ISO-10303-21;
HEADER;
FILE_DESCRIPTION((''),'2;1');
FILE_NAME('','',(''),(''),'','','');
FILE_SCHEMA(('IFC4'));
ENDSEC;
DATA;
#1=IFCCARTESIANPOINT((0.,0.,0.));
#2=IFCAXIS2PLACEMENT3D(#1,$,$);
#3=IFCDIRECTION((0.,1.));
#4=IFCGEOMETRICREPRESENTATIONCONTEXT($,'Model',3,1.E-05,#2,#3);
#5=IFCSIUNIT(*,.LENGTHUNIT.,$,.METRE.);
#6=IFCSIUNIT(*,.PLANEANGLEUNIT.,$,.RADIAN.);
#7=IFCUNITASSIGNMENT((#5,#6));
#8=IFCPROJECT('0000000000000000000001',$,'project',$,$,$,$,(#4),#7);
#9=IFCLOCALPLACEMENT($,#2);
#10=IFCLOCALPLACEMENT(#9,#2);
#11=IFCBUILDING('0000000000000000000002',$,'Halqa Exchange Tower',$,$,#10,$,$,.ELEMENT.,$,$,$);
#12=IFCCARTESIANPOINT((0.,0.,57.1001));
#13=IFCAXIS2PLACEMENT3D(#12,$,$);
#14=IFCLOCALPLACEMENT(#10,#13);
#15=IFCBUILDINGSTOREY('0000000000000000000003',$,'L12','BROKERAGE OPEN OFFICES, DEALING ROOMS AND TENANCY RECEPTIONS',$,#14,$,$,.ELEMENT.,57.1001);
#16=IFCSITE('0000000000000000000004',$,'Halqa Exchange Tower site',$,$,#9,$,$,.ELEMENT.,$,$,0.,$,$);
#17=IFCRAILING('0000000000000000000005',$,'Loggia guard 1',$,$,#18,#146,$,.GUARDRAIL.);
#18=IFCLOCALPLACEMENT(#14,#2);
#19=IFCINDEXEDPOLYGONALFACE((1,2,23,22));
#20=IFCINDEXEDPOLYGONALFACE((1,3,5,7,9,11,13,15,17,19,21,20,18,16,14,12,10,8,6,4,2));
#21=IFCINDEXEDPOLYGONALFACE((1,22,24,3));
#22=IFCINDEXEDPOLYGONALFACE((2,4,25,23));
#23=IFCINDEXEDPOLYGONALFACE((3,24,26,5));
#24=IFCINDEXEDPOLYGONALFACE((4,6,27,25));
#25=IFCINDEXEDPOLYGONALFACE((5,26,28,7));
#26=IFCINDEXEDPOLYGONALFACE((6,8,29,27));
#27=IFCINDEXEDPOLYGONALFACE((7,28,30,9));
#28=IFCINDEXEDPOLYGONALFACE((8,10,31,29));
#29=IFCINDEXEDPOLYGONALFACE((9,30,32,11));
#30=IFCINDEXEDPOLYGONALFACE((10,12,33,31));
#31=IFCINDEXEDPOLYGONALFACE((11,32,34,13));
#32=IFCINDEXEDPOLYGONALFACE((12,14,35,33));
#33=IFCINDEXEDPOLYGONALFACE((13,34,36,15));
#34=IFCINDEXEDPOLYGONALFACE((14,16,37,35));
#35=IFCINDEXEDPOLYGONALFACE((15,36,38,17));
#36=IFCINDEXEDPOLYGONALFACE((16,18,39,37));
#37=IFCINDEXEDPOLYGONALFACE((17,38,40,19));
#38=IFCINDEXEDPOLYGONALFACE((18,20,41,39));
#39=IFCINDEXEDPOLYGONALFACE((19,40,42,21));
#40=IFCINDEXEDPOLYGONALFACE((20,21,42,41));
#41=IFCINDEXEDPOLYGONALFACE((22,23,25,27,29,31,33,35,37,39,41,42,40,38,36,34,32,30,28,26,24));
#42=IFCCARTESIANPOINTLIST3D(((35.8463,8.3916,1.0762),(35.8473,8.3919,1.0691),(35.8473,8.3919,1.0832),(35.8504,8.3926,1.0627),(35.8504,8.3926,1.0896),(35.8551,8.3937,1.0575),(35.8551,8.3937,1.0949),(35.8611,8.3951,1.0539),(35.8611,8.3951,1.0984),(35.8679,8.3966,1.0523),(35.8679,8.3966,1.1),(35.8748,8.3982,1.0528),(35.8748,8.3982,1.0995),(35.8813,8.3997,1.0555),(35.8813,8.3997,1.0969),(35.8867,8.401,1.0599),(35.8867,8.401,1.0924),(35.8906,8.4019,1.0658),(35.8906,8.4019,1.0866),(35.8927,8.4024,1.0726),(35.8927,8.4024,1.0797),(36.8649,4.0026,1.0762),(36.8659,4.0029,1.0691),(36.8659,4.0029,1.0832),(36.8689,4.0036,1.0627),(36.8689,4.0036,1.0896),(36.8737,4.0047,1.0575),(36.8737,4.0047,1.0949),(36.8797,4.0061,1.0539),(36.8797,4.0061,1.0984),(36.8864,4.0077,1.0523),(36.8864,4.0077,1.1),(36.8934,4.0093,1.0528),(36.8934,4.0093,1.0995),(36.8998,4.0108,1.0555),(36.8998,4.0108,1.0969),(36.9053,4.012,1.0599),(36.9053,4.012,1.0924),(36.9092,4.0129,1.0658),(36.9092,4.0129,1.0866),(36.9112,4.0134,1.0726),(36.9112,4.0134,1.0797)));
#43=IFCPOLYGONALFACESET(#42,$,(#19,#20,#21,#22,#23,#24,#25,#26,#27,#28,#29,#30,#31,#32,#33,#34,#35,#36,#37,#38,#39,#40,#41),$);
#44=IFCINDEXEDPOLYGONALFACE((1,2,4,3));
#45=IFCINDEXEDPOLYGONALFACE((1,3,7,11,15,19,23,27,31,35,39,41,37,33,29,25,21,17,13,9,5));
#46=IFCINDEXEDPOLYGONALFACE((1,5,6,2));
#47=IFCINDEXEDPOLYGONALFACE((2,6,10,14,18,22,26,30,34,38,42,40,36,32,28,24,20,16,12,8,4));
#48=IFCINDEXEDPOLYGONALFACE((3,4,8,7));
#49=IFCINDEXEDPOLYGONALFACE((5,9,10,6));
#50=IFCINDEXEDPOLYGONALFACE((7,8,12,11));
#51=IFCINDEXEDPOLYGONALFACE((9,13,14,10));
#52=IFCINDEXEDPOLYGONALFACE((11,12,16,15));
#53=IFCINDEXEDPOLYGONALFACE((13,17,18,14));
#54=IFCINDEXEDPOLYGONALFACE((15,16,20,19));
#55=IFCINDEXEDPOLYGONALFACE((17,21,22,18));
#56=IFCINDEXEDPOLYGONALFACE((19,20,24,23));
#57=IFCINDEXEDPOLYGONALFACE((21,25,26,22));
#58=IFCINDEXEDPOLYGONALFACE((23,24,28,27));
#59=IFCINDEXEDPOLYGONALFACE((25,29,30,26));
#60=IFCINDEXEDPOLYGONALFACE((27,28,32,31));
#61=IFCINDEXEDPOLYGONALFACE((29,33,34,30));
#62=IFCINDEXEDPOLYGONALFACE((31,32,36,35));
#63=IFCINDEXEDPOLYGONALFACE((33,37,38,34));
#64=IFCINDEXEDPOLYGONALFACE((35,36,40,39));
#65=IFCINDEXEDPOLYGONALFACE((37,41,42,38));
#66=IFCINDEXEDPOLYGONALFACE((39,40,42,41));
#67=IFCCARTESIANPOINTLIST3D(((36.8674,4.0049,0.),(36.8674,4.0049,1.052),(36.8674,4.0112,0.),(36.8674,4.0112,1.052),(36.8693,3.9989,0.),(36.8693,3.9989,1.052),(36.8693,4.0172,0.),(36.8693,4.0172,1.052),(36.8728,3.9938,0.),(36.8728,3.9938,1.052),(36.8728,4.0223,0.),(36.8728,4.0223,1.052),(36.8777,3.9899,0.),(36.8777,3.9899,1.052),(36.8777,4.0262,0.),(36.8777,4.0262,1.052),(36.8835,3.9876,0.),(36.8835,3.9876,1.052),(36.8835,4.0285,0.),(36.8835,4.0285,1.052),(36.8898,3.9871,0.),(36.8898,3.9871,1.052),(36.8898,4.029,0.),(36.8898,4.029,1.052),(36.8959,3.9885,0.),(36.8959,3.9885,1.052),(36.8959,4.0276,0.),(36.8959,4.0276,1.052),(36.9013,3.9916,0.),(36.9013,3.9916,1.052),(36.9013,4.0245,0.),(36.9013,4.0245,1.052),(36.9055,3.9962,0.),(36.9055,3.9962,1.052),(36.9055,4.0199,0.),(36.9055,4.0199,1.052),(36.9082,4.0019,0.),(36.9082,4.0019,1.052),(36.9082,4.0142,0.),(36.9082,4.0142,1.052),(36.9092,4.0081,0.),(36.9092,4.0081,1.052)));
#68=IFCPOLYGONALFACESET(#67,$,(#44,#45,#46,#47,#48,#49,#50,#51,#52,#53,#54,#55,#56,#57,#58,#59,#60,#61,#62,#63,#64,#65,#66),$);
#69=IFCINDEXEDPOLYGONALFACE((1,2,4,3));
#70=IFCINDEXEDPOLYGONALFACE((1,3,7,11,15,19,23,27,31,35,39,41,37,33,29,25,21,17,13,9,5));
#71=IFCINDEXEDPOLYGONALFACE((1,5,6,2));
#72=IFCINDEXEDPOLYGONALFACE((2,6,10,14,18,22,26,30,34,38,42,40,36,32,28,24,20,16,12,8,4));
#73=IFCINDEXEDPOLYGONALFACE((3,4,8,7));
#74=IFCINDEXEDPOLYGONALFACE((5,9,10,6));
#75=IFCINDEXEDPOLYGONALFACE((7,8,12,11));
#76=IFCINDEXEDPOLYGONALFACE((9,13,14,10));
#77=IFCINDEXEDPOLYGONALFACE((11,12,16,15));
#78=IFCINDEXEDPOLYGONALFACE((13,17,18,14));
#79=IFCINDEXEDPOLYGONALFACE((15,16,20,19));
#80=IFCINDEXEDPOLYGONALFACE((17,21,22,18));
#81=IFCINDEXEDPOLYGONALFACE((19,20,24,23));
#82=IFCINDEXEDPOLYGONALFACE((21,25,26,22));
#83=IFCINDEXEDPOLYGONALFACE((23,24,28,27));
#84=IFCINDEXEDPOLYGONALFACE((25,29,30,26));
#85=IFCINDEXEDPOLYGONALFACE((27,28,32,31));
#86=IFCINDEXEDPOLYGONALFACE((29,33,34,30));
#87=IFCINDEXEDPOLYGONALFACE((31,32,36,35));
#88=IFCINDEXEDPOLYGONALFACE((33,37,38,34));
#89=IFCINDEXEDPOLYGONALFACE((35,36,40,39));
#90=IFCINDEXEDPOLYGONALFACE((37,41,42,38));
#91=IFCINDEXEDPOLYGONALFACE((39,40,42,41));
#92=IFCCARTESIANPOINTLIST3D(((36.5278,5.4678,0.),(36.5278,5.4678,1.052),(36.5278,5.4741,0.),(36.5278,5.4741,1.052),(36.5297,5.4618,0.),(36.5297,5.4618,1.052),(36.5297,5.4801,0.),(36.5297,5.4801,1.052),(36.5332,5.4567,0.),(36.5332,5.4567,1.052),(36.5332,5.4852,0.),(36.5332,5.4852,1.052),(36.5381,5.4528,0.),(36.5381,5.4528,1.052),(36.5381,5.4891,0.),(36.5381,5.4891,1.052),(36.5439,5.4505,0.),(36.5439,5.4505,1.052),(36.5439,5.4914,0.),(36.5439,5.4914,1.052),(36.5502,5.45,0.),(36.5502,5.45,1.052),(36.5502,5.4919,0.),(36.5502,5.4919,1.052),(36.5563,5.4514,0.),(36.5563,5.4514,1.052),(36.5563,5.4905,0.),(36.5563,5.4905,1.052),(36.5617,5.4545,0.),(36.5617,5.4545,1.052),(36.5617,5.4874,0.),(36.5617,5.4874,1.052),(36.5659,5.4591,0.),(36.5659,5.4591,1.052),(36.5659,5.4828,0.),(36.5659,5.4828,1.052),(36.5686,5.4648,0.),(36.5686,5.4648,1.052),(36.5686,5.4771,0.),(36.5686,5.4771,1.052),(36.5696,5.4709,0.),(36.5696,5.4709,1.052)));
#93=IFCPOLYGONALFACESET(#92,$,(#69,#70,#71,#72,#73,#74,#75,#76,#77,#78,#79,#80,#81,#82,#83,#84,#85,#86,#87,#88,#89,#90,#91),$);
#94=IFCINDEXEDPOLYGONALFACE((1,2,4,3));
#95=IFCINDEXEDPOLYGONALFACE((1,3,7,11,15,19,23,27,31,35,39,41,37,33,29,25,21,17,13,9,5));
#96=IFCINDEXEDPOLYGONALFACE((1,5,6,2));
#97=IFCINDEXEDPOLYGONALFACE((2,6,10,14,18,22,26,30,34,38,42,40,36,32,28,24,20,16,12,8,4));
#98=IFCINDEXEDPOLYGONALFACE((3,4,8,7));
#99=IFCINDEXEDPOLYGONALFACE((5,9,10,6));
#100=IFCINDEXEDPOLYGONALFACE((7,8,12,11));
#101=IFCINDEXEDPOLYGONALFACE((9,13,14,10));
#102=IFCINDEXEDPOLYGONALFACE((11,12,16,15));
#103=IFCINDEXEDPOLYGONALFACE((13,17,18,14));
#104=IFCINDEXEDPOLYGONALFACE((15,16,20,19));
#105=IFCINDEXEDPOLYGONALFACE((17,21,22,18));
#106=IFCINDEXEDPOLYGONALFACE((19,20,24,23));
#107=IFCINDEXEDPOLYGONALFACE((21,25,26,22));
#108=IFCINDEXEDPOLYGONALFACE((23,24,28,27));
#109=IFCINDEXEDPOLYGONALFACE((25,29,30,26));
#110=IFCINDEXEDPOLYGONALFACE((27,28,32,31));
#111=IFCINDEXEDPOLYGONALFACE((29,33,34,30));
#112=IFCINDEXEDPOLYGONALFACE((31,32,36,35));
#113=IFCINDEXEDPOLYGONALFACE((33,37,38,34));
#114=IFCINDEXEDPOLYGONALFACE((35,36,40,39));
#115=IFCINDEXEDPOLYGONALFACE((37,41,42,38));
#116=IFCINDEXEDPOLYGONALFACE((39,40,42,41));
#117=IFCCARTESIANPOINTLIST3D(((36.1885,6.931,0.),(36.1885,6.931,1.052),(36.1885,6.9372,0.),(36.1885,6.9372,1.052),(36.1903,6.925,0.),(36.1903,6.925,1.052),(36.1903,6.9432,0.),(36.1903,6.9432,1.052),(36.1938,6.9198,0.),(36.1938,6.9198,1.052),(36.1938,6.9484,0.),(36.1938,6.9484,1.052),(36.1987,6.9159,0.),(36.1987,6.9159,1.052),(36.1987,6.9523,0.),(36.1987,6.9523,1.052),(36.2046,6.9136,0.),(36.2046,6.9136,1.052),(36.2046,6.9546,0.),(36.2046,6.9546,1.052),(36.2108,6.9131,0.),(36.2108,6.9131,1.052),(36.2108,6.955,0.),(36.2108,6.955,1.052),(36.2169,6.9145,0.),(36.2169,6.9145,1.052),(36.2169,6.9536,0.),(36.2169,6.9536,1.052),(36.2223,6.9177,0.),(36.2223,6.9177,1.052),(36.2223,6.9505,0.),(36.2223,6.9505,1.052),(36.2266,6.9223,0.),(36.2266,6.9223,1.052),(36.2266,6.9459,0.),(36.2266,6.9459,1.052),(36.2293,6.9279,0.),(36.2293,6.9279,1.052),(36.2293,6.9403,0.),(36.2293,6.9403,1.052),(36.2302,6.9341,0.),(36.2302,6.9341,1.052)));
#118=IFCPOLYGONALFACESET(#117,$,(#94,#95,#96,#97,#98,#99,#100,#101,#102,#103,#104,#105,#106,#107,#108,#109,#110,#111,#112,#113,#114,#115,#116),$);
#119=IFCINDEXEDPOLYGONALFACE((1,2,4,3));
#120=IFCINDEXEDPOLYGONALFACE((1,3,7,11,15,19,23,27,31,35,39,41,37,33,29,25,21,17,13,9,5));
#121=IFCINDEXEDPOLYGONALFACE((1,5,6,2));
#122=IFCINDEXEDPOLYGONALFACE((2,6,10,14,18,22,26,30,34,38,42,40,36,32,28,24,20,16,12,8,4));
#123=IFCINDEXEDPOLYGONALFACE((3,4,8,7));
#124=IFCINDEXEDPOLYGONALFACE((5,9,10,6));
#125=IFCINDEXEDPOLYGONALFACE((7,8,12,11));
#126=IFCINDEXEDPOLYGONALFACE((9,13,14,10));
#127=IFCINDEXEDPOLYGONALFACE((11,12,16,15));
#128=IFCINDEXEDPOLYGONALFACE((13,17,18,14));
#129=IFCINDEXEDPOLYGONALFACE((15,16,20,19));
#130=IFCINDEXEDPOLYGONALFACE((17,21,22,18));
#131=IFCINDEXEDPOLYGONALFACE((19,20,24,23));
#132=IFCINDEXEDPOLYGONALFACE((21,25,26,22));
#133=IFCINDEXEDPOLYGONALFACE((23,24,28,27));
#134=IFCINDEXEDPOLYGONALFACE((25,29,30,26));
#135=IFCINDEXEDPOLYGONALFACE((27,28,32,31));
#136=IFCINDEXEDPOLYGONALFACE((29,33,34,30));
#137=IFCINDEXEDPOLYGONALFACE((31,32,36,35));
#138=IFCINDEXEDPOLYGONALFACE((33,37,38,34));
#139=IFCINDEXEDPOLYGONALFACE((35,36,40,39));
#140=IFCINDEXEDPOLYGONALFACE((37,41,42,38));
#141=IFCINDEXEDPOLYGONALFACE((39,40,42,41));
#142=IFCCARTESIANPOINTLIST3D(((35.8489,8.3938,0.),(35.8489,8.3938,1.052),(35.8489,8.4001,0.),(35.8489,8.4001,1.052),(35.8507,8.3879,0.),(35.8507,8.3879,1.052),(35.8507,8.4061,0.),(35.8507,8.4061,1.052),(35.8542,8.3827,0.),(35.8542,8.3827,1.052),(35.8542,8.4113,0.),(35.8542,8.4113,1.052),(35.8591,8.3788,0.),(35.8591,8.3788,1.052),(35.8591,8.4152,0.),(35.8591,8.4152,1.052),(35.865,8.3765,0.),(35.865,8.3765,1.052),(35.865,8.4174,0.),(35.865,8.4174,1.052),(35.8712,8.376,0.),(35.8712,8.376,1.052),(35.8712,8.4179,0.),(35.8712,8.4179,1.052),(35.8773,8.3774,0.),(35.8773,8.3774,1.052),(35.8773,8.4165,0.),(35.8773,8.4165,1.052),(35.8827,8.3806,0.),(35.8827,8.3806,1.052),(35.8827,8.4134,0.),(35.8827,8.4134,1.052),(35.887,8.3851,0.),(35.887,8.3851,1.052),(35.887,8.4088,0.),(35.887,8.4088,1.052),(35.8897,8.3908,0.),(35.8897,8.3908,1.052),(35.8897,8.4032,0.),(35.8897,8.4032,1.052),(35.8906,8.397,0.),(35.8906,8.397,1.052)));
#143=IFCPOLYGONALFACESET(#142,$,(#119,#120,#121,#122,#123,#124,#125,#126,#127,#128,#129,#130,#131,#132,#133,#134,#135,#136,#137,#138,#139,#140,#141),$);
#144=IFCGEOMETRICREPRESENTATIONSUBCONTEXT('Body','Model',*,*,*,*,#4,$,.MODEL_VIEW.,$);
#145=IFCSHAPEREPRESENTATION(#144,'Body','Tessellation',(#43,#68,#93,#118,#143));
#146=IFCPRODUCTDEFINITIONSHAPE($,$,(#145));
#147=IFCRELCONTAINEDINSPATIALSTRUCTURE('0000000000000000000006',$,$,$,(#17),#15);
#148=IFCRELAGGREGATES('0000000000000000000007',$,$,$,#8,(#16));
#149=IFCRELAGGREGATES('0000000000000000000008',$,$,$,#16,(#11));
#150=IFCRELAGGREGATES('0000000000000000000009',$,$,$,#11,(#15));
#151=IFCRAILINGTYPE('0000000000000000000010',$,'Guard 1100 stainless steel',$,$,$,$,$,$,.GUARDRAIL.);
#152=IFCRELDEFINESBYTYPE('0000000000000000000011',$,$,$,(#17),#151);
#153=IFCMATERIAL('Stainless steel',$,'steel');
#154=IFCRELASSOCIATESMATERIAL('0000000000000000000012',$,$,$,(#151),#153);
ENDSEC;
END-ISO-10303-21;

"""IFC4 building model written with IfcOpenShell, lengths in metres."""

from ifc_helpers import new_model, si_unit, direction, frame, origin, origin_2d, place, context, subcontext, project, spatial, circle, extrude, material, type_object, element, save


model = new_model("IFC4")

# Units and contexts
model_context = context("Model", 3, precision=1e-05, world=origin(), true_north=direction((0.0, 1.0)))
body_context = subcontext(model_context, "Body", "Model", "MODEL_VIEW")
ifc_project = project(units=[si_unit("LENGTHUNIT", "METRE"), si_unit("PLANEANGLEUNIT", "RADIAN")], contexts=[model_context])

# Site, building, storey
site_placement = place(None, origin())
site = spatial("IfcSite", under=ifc_project, at=site_placement, Name="Halqa Exchange Tower site", CompositionType="ELEMENT", RefElevation=0.0)
building_placement = place(site_placement, origin())
building = spatial("IfcBuilding", under=site, at=building_placement, Name="Halqa Exchange Tower", CompositionType="ELEMENT")
storey_placement = place(building_placement, frame((0.0, 0.0, 57.1001)))
storey = spatial("IfcBuildingStorey", under=building, at=storey_placement, Name="L12", Description="BROKERAGE OPEN OFFICES, DEALING ROOMS AND TENANCY RECEPTIONS", CompositionType="ELEMENT", Elevation=57.1001)

# Railing
ifc_material_1 = material(Name="Stainless steel", Category="steel")
railing_type = type_object("IfcRailingType", Name="Guard 1100 stainless steel", PredefinedType="GUARDRAIL", material=ifc_material_1)
railing_1_placement = place(storey_placement, frame((36.8882, 4.0081, 0.0)))
element("IfcRailing", 1, at=railing_1_placement, inside=storey, type_object=railing_type, Name="Loggia guard 1", PredefinedType="GUARDRAIL", context=body_context, shape_type="SweptSolid", body=[
    extrude(circle(Radius=0.0239, at=origin_2d()), frame((0.0, 0.0, 1.0762), z_axis=(-0.226066, 0.974112, 0.0), x_axis=(-0.974112, -0.226066, 0.0)), (0.0, 0.0, 1.0), 4.5056),
    extrude(circle(Radius=0.021, at=origin_2d()), origin(), (0.0, 0.0, 1.0), 1.052),
    extrude(circle(Radius=0.021, at=origin_2d()), frame((-0.3396, 1.4629, 0.0)), (0.0, 0.0, 1.0), 1.052),
    extrude(circle(Radius=0.021, at=origin_2d()), frame((-0.679, 2.926, 0.0)), (0.0, 0.0, 1.0), 1.052),
    extrude(circle(Radius=0.021, at=origin_2d()), frame((-1.0186, 4.3889, 0.0)), (0.0, 0.0, 1.0), 1.052),
])

save(model, "model.ifc")
